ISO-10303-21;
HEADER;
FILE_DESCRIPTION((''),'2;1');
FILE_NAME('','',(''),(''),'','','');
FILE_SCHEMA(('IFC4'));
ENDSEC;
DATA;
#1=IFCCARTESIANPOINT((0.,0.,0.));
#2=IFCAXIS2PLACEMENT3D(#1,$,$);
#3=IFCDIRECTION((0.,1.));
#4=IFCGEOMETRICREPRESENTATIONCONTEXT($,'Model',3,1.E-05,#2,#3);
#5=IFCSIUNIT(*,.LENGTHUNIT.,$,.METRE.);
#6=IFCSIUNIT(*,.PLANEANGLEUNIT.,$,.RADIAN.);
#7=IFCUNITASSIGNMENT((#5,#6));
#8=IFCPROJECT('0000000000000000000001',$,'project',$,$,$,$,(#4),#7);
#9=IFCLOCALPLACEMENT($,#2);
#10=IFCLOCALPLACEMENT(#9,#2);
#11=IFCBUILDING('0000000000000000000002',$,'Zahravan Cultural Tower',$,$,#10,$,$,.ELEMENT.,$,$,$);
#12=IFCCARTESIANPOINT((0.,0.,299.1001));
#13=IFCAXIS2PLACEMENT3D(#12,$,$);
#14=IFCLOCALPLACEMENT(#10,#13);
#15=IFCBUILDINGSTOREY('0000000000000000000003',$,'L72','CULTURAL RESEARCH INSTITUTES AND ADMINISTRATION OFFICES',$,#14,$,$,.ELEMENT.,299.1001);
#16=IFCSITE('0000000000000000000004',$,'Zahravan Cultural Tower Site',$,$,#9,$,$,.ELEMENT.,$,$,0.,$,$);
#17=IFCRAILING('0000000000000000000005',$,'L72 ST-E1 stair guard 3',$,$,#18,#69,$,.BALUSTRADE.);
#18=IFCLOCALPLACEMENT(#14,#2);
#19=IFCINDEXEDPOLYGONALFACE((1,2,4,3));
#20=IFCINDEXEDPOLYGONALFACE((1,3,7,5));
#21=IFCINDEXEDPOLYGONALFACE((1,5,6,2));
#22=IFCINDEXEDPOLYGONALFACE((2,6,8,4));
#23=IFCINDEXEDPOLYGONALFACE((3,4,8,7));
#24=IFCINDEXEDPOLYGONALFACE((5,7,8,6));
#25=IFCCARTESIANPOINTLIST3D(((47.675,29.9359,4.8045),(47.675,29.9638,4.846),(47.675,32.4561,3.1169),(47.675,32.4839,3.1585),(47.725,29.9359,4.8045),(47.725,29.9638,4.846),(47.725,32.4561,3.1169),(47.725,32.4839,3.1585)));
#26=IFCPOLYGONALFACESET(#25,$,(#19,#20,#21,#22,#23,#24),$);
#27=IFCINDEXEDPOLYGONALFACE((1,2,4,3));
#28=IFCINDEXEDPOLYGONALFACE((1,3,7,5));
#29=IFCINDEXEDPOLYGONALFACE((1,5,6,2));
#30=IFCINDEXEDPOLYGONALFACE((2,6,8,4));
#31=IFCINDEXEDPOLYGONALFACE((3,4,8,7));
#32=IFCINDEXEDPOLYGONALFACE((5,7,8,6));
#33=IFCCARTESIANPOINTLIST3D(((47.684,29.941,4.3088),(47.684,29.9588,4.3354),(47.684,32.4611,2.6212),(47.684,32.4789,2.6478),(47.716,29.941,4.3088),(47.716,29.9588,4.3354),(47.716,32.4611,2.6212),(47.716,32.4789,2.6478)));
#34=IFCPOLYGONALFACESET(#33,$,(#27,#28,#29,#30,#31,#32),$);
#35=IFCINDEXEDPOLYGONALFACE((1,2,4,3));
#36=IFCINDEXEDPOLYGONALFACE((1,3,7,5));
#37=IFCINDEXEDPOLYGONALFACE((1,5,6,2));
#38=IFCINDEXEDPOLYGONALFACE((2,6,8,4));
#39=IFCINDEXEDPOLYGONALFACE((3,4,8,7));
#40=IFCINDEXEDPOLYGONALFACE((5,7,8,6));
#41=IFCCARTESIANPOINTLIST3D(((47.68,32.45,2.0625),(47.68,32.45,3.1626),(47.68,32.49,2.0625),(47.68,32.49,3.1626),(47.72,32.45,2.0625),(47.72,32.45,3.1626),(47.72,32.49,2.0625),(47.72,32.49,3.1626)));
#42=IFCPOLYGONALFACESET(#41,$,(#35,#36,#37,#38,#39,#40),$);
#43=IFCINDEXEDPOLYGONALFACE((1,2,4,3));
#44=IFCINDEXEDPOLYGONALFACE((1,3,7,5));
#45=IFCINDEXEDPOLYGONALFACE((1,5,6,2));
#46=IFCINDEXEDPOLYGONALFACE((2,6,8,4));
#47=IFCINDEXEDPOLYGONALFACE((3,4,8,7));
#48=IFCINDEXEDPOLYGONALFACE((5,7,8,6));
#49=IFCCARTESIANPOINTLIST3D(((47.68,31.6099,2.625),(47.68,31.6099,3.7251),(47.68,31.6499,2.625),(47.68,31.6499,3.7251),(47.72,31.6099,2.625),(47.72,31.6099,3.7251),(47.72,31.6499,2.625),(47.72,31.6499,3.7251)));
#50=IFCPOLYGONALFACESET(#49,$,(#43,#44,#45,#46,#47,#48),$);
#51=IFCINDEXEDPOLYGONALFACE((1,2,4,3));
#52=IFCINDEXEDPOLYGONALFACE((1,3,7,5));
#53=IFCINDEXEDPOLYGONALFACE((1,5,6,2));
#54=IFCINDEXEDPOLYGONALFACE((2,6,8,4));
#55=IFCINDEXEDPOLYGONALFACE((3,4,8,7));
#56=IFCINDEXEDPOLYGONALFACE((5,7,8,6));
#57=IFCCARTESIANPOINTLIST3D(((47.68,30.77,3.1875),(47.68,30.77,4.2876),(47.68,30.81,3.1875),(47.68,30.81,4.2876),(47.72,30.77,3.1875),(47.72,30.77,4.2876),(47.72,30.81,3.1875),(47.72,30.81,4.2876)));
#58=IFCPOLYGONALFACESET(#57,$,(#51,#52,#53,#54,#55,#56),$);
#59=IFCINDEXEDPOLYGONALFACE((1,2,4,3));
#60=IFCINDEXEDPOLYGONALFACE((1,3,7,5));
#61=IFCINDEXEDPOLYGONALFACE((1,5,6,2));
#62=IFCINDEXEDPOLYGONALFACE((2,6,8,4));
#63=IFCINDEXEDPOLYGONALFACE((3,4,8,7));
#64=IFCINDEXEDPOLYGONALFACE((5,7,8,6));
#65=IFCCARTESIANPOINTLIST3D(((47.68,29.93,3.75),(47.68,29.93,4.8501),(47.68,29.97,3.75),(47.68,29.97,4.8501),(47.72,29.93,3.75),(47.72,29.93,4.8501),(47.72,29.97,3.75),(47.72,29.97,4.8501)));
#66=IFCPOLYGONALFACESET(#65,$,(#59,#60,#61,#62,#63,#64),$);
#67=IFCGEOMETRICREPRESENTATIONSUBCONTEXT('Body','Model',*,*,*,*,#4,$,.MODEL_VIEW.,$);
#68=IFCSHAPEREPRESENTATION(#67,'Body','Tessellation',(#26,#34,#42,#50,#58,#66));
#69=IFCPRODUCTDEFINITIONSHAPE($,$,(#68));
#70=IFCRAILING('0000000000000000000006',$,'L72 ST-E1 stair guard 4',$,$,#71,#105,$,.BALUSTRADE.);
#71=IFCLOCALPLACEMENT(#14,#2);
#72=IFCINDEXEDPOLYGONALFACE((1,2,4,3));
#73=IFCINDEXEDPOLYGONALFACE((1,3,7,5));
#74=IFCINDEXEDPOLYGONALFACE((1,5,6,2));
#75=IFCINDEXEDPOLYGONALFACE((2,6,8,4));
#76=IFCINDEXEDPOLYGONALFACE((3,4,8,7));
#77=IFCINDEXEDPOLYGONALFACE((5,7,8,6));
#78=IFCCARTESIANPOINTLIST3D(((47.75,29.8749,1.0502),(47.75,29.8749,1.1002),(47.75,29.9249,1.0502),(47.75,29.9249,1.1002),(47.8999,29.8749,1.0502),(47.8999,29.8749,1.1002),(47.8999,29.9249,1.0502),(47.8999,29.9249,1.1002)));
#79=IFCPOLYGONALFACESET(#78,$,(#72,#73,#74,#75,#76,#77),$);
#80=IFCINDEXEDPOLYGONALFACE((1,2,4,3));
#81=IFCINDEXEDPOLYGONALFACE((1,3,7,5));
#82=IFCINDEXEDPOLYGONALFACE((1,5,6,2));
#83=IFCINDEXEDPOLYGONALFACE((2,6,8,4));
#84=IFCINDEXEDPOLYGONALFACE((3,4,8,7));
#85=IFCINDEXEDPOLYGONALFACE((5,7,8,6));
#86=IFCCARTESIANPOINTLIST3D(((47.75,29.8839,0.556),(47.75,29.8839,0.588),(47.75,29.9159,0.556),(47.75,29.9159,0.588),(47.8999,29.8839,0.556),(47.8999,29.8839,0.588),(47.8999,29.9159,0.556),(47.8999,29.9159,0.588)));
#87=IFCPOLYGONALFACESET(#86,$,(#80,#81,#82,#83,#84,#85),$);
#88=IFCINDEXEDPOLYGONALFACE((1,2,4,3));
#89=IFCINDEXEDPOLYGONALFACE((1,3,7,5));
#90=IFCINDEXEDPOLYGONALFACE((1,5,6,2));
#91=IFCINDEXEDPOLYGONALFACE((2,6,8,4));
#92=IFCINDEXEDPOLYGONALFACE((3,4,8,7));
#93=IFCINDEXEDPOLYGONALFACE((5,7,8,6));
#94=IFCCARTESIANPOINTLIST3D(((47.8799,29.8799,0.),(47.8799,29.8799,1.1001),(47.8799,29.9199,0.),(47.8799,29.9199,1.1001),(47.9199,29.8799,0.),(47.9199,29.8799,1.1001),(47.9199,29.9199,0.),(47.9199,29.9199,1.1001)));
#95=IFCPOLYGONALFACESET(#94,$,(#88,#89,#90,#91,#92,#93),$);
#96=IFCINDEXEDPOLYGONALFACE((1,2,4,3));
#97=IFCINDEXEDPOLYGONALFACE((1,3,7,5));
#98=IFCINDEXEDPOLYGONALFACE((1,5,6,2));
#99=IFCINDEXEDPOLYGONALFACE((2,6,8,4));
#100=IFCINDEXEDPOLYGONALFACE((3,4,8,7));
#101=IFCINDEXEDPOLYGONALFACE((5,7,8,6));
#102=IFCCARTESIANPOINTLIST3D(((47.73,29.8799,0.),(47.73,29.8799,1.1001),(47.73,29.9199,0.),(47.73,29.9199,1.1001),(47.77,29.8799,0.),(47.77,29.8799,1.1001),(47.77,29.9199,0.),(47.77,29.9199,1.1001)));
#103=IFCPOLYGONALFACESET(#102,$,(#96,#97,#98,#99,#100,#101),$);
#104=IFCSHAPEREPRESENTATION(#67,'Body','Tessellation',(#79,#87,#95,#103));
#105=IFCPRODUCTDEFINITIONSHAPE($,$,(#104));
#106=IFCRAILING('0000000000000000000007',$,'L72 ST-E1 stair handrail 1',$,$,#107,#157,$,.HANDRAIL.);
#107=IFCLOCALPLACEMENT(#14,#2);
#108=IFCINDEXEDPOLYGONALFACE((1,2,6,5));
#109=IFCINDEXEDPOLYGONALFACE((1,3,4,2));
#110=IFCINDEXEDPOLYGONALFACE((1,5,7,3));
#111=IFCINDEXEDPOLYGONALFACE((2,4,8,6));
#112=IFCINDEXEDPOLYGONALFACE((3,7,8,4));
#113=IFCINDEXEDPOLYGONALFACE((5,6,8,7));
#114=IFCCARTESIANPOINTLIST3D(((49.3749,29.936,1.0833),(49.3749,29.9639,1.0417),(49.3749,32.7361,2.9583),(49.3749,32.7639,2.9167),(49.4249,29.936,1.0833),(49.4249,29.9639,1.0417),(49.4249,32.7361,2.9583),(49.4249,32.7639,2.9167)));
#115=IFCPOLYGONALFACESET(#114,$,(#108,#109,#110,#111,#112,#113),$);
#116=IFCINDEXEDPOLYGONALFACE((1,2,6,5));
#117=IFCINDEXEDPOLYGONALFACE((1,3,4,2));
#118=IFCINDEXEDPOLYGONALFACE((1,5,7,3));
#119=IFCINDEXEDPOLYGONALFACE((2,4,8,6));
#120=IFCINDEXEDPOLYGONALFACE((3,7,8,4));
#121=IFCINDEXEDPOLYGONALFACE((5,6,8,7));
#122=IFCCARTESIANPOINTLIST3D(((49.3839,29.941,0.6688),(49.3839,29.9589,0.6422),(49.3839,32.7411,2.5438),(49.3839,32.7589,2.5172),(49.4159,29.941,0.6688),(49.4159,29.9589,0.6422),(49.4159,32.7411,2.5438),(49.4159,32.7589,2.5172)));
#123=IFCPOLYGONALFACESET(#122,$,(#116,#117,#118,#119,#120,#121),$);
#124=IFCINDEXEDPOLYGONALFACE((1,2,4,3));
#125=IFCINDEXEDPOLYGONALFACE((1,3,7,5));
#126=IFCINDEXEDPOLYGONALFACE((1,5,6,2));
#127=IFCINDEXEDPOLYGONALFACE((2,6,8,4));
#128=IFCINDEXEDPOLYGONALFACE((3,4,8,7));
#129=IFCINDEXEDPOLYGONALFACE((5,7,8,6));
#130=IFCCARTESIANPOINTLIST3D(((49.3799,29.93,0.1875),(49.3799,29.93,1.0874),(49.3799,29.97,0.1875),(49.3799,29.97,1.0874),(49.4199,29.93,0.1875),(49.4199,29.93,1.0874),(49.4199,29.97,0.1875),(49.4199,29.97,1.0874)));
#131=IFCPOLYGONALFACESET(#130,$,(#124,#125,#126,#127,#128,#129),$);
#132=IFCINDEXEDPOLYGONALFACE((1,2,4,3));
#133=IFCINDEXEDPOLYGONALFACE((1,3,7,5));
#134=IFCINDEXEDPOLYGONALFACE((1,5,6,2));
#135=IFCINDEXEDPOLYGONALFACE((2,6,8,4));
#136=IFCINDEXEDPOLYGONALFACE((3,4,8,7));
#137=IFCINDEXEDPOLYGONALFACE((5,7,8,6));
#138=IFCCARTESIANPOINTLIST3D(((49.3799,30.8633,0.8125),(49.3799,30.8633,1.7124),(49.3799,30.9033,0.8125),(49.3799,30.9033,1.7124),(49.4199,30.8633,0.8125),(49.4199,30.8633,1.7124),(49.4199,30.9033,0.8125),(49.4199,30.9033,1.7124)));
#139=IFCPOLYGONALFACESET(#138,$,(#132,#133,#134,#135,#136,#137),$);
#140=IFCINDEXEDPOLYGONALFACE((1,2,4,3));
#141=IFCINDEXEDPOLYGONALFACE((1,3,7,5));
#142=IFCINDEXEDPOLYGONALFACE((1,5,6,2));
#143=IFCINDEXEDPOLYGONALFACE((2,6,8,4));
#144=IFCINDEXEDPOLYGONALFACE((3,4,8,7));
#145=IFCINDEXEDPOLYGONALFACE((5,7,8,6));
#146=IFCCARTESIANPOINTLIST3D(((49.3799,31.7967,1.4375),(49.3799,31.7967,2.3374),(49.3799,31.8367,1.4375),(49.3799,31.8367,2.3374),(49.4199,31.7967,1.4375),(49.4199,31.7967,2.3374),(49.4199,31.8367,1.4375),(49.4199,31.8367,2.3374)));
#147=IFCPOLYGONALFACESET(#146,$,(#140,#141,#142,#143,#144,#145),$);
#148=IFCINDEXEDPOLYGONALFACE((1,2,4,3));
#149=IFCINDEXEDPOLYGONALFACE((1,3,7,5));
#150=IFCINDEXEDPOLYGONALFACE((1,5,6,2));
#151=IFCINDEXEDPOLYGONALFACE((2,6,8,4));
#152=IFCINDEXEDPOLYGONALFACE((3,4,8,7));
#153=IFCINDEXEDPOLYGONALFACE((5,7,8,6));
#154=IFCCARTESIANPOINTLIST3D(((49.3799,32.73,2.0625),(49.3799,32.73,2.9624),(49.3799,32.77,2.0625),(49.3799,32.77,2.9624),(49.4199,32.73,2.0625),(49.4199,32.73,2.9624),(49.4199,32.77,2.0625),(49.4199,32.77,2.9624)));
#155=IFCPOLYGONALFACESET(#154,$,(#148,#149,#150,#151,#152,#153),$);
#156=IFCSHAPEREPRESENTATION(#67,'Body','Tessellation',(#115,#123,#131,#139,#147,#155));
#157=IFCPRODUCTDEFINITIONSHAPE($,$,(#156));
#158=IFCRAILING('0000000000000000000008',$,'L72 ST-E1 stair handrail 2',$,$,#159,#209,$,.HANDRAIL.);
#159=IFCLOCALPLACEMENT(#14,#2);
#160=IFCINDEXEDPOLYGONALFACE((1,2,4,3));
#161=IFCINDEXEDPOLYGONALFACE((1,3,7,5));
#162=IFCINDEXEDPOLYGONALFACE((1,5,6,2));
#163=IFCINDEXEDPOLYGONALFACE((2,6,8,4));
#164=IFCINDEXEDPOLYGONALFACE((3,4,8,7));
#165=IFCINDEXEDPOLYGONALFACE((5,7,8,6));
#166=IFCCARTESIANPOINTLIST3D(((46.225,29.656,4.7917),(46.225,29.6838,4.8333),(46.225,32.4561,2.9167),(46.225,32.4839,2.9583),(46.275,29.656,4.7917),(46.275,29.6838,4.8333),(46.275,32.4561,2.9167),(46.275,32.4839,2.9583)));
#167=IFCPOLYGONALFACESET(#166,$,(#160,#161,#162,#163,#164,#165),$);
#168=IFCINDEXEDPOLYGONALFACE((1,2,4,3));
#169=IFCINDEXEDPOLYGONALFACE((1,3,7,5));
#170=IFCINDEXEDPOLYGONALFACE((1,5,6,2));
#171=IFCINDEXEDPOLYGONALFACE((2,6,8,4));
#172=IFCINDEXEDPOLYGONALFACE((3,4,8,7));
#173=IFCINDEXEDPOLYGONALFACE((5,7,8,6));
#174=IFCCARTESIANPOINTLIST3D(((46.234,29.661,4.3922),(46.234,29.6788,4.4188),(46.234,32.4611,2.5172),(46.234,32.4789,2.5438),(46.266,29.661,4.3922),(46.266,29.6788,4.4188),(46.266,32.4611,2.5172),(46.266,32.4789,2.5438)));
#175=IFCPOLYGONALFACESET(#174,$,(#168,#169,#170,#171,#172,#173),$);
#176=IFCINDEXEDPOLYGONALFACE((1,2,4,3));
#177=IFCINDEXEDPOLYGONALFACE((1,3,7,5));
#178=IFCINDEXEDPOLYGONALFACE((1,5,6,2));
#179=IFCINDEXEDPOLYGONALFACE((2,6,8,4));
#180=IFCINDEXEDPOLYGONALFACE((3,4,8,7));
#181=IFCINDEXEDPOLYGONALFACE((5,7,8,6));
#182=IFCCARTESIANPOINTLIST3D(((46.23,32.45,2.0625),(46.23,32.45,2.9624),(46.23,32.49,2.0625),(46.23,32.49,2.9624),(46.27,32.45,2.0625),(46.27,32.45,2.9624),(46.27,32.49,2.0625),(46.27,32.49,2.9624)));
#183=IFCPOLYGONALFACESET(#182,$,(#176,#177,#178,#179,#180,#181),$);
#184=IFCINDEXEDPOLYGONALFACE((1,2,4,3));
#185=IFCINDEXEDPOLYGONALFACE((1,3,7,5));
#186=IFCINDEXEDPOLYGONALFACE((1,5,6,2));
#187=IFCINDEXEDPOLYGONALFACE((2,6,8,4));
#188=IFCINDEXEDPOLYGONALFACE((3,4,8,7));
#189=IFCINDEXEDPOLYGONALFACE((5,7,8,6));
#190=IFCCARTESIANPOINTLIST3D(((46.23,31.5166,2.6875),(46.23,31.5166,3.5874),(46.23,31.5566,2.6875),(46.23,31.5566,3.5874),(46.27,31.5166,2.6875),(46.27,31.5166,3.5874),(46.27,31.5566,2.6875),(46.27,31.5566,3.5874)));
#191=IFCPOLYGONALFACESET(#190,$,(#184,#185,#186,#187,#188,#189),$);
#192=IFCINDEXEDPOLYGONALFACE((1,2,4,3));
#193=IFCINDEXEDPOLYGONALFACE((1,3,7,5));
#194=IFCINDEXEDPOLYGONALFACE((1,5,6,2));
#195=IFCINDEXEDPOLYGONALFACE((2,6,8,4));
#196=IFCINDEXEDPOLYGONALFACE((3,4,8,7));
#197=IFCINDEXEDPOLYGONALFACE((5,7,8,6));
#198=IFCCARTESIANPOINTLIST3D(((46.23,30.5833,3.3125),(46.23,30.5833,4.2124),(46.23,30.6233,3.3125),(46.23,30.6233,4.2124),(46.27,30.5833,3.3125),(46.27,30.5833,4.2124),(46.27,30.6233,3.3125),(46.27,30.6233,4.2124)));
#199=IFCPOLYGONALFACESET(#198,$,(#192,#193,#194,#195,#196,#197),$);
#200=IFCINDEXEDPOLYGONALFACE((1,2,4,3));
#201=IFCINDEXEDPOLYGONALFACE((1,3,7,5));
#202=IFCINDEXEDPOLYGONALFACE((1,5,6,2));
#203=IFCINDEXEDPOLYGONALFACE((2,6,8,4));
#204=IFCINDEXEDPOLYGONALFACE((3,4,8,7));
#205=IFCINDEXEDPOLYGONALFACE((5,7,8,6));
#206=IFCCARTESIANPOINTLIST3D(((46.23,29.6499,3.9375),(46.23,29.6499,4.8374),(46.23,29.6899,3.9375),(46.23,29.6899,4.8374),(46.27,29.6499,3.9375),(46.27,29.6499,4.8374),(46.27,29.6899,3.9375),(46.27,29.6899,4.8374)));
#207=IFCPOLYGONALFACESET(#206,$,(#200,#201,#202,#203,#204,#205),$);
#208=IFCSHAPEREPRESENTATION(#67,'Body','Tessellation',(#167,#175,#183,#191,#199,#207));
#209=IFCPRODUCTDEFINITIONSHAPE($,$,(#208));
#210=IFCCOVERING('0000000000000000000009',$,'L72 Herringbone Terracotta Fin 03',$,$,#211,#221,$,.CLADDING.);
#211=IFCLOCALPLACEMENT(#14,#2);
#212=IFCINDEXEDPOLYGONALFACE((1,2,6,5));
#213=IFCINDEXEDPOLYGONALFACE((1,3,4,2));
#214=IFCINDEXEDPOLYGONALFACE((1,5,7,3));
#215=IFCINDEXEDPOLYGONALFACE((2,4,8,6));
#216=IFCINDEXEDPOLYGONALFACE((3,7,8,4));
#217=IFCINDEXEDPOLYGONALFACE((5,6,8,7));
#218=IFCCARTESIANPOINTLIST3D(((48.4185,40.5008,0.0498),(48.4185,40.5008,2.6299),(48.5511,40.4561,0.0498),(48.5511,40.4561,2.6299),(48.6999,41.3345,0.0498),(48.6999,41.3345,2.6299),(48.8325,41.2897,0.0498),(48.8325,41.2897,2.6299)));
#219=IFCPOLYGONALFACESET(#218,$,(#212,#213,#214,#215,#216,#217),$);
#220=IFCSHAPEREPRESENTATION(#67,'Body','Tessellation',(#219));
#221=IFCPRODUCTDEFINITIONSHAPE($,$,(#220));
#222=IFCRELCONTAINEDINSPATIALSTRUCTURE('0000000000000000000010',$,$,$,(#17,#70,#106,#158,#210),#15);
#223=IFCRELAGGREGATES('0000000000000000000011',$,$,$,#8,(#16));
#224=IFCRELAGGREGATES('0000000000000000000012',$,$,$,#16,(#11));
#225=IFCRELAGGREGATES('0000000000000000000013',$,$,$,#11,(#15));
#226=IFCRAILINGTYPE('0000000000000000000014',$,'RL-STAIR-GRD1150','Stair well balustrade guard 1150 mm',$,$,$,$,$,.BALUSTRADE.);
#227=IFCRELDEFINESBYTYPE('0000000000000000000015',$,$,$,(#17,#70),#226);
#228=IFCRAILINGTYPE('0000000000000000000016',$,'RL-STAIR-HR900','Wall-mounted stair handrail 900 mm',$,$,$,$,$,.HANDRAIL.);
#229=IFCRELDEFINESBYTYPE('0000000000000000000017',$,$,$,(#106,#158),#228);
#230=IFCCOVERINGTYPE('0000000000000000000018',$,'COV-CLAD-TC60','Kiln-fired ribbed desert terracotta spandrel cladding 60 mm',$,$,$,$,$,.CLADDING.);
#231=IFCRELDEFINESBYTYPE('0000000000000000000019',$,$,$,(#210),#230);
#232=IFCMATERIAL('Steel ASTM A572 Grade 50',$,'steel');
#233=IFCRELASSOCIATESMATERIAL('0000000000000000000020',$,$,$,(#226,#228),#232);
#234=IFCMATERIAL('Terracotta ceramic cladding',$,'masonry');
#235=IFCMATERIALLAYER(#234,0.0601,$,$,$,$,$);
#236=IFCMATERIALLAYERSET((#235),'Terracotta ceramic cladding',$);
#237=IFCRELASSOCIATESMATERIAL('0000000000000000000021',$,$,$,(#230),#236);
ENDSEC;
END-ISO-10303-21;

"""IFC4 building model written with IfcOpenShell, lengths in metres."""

from ifc_helpers import new_model, si_unit, direction, frame, origin, origin_2d, place, context, subcontext, project, spatial, rectangle, extrude, source, transform, mapped, material, layer, layer_set, type_object, element, save


model = new_model("IFC4")

# Units and contexts
model_context = context("Model", 3, precision=1e-05, world=origin(), true_north=direction((0.0, 1.0)))
body_context = subcontext(model_context, "Body", "Model", "MODEL_VIEW")
ifc_project = project(units=[si_unit("LENGTHUNIT", "METRE"), si_unit("PLANEANGLEUNIT", "RADIAN")], contexts=[model_context])

# Site, building, storey
site_placement = place(None, origin())
site = spatial("IfcSite", under=ifc_project, at=site_placement, Name="Zahravan Cultural Tower Site", CompositionType="ELEMENT", RefElevation=0.0)
building_placement = place(site_placement, origin())
building = spatial("IfcBuilding", under=site, at=building_placement, Name="Zahravan Cultural Tower", CompositionType="ELEMENT")
storey_placement = place(building_placement, frame((0.0, 0.0, 299.1001)))
storey = spatial("IfcBuildingStorey", under=building, at=storey_placement, Name="L72", Description="CULTURAL RESEARCH INSTITUTES AND ADMINISTRATION OFFICES", CompositionType="ELEMENT", Elevation=299.1001)

# Railings
ifc_material_1 = material(Name="Steel ASTM A572 Grade 50", Category="steel")
railing_type_1 = type_object("IfcRailingType", Name="RL-STAIR-GRD1150", Description="Stair well balustrade guard 1150 mm", PredefinedType="BALUSTRADE", material=ifc_material_1)
railing_1_placement = place(storey_placement, frame((47.7, 32.47, 2.0625)))
element("IfcRailing", 1, at=railing_1_placement, inside=storey, type_object=railing_type_1, Name="L72 ST-E1 stair guard 3", PredefinedType="BALUSTRADE", context=body_context, shape_type="SweptSolid", body=[
    extrude(rectangle(XDim=0.05, YDim=0.05, at=origin_2d()), frame((0.0, 0.0, 1.0752), z_axis=(0.0, -0.830909, 0.556408), x_axis=(1.0, 0.0, 0.0)), (0.0, 0.0, 1.0), 3.033),
    extrude(rectangle(XDim=0.032, YDim=0.032, at=origin_2d()), frame((0.0, 0.0, 0.572), z_axis=(0.0, -0.830909, 0.556408), x_axis=(1.0, 0.0, 0.0)), (0.0, 0.0, 1.0), 3.033),
    extrude(rectangle(XDim=0.04, YDim=0.04, at=origin_2d()), origin(), (0.0, 0.0, 1.0), 1.1001),
    extrude(rectangle(XDim=0.04, YDim=0.04, at=origin_2d()), frame((0.0, -0.8401, 0.5625)), (0.0, 0.0, 1.0), 1.1001),
    extrude(rectangle(XDim=0.04, YDim=0.04, at=origin_2d()), frame((0.0, -1.6799, 1.125)), (0.0, 0.0, 1.0), 1.1001),
    extrude(rectangle(XDim=0.04, YDim=0.04, at=origin_2d()), frame((0.0, -2.52, 1.6875)), (0.0, 0.0, 1.0), 1.1001),
])
railing_2_placement = place(storey_placement, frame((47.8999, 29.8999, 0.0)))
element("IfcRailing", 2, at=railing_2_placement, inside=storey, type_object=railing_type_1, Name="L72 ST-E1 stair guard 4", PredefinedType="BALUSTRADE", context=body_context, shape_type="SweptSolid", body=[
    extrude(rectangle(XDim=0.05, YDim=0.05, at=origin_2d()), frame((0.0, 0.0, 1.0752), z_axis=(-1.0, 0.0, 0.0), x_axis=(0.0, -1.0, 0.0)), (0.0, 0.0, 1.0), 0.1499),
    extrude(rectangle(XDim=0.032, YDim=0.032, at=origin_2d()), frame((0.0, 0.0, 0.572), z_axis=(-1.0, 0.0, 0.0), x_axis=(0.0, -1.0, 0.0)), (0.0, 0.0, 1.0), 0.1499),
    extrude(rectangle(XDim=0.04, YDim=0.04, at=origin_2d()), origin(), (0.0, 0.0, 1.0), 1.1001),
    extrude(rectangle(XDim=0.04, YDim=0.04, at=origin_2d()), frame((-0.1499, 0.0, 0.0)), (0.0, 0.0, 1.0), 1.1001),
])
railing_type_2 = type_object("IfcRailingType", Name="RL-STAIR-HR900", Description="Wall-mounted stair handrail 900 mm", PredefinedType="HANDRAIL", material=ifc_material_1)
railing_3_placement = place(storey_placement, frame((49.3999, 29.95, 0.1875)))
element("IfcRailing", 3, at=railing_3_placement, inside=storey, type_object=railing_type_2, Name="L72 ST-E1 stair handrail 1", PredefinedType="HANDRAIL", context=body_context, shape_type="SweptSolid", body=[
    extrude(rectangle(XDim=0.05, YDim=0.05, at=origin_2d()), frame((0.0, 0.0, 0.875), z_axis=(0.0, 0.830912, 0.556404), x_axis=(-1.0, 0.0, 0.0)), (0.0, 0.0, 1.0), 3.3699),
    extrude(rectangle(XDim=0.032, YDim=0.032, at=origin_2d()), frame((0.0, 0.0, 0.468), z_axis=(0.0, 0.830912, 0.556404), x_axis=(-1.0, 0.0, 0.0)), (0.0, 0.0, 1.0), 3.3699),
    extrude(rectangle(XDim=0.04, YDim=0.04, at=origin_2d()), origin(), (0.0, 0.0, 1.0), 0.8999),
    extrude(rectangle(XDim=0.04, YDim=0.04, at=origin_2d()), frame((0.0, 0.9333, 0.625)), (0.0, 0.0, 1.0), 0.8999),
    extrude(rectangle(XDim=0.04, YDim=0.04, at=origin_2d()), frame((0.0, 1.8667, 1.25)), (0.0, 0.0, 1.0), 0.8999),
    extrude(rectangle(XDim=0.04, YDim=0.04, at=origin_2d()), frame((0.0, 2.8, 1.875)), (0.0, 0.0, 1.0), 0.8999),
])
railing_4_placement = place(storey_placement, frame((46.25, 32.47, 2.0625)))
element("IfcRailing", 4, at=railing_4_placement, inside=storey, type_object=railing_type_2, Name="L72 ST-E1 stair handrail 2", PredefinedType="HANDRAIL", context=body_context, shape_type="SweptSolid", body=[
    extrude(rectangle(XDim=0.05, YDim=0.05, at=origin_2d()), frame((0.0, 0.0, 0.875), z_axis=(0.0, -0.830912, 0.556404), x_axis=(1.0, 0.0, 0.0)), (0.0, 0.0, 1.0), 3.3699),
    extrude(rectangle(XDim=0.032, YDim=0.032, at=origin_2d()), frame((0.0, 0.0, 0.468), z_axis=(0.0, -0.830912, 0.556404), x_axis=(1.0, 0.0, 0.0)), (0.0, 0.0, 1.0), 3.3699),
    extrude(rectangle(XDim=0.04, YDim=0.04, at=origin_2d()), origin(), (0.0, 0.0, 1.0), 0.8999),
    extrude(rectangle(XDim=0.04, YDim=0.04, at=origin_2d()), frame((0.0, -0.9333, 0.625)), (0.0, 0.0, 1.0), 0.8999),
    extrude(rectangle(XDim=0.04, YDim=0.04, at=origin_2d()), frame((0.0, -1.8667, 1.25)), (0.0, 0.0, 1.0), 0.8999),
    extrude(rectangle(XDim=0.04, YDim=0.04, at=origin_2d()), frame((0.0, -2.8, 1.875)), (0.0, 0.0, 1.0), 0.8999),
])

# Covering
ifc_material_2 = material(Name="Terracotta ceramic cladding", Category="masonry")
ifc_layer_1 = layer(ifc_material_2, 0.0601)
ifc_layer_set_1 = layer_set([ifc_layer_1], Name="Terracotta ceramic cladding")
covering_type = type_object("IfcCoveringType", Name="COV-CLAD-TC60", Description="Kiln-fired ribbed desert terracotta spandrel cladding 60 mm", PredefinedType="CLADDING", material=ifc_layer_set_1)
shared_shape_1 = source(origin(), body_context, "Body", "SweptSolid", [
    extrude(rectangle(XDim=0.8799, YDim=0.1399, at=origin_2d()), origin(), (0.0, 0.0, 1.0), 2.5801),
])
for number, where, z_axis, x_axis, name in (
    (5, (48.6255, 40.8953, 0.0498), (0.0, 0.0, 1.0), (0.319819, 0.947479, 0.0), "L72 Herringbone Terracotta Fin 03"),
):
    element("IfcCovering", number, at=place(storey_placement, frame(where, z_axis=z_axis, x_axis=x_axis)), inside=storey, type_object=covering_type, Name=name, PredefinedType="CLADDING", context=body_context, shape_type="MappedRepresentation", body=[
        mapped(shared_shape_1, transform((0.0, 0.0, 0.0), x_axis=(1.0, 0.0, 0.0), y_axis=(0.0, 1.0, 0.0), z_axis=(0.0, 0.0, 1.0), scale=1.0)),
    ])

save(model, "model.ifc")
